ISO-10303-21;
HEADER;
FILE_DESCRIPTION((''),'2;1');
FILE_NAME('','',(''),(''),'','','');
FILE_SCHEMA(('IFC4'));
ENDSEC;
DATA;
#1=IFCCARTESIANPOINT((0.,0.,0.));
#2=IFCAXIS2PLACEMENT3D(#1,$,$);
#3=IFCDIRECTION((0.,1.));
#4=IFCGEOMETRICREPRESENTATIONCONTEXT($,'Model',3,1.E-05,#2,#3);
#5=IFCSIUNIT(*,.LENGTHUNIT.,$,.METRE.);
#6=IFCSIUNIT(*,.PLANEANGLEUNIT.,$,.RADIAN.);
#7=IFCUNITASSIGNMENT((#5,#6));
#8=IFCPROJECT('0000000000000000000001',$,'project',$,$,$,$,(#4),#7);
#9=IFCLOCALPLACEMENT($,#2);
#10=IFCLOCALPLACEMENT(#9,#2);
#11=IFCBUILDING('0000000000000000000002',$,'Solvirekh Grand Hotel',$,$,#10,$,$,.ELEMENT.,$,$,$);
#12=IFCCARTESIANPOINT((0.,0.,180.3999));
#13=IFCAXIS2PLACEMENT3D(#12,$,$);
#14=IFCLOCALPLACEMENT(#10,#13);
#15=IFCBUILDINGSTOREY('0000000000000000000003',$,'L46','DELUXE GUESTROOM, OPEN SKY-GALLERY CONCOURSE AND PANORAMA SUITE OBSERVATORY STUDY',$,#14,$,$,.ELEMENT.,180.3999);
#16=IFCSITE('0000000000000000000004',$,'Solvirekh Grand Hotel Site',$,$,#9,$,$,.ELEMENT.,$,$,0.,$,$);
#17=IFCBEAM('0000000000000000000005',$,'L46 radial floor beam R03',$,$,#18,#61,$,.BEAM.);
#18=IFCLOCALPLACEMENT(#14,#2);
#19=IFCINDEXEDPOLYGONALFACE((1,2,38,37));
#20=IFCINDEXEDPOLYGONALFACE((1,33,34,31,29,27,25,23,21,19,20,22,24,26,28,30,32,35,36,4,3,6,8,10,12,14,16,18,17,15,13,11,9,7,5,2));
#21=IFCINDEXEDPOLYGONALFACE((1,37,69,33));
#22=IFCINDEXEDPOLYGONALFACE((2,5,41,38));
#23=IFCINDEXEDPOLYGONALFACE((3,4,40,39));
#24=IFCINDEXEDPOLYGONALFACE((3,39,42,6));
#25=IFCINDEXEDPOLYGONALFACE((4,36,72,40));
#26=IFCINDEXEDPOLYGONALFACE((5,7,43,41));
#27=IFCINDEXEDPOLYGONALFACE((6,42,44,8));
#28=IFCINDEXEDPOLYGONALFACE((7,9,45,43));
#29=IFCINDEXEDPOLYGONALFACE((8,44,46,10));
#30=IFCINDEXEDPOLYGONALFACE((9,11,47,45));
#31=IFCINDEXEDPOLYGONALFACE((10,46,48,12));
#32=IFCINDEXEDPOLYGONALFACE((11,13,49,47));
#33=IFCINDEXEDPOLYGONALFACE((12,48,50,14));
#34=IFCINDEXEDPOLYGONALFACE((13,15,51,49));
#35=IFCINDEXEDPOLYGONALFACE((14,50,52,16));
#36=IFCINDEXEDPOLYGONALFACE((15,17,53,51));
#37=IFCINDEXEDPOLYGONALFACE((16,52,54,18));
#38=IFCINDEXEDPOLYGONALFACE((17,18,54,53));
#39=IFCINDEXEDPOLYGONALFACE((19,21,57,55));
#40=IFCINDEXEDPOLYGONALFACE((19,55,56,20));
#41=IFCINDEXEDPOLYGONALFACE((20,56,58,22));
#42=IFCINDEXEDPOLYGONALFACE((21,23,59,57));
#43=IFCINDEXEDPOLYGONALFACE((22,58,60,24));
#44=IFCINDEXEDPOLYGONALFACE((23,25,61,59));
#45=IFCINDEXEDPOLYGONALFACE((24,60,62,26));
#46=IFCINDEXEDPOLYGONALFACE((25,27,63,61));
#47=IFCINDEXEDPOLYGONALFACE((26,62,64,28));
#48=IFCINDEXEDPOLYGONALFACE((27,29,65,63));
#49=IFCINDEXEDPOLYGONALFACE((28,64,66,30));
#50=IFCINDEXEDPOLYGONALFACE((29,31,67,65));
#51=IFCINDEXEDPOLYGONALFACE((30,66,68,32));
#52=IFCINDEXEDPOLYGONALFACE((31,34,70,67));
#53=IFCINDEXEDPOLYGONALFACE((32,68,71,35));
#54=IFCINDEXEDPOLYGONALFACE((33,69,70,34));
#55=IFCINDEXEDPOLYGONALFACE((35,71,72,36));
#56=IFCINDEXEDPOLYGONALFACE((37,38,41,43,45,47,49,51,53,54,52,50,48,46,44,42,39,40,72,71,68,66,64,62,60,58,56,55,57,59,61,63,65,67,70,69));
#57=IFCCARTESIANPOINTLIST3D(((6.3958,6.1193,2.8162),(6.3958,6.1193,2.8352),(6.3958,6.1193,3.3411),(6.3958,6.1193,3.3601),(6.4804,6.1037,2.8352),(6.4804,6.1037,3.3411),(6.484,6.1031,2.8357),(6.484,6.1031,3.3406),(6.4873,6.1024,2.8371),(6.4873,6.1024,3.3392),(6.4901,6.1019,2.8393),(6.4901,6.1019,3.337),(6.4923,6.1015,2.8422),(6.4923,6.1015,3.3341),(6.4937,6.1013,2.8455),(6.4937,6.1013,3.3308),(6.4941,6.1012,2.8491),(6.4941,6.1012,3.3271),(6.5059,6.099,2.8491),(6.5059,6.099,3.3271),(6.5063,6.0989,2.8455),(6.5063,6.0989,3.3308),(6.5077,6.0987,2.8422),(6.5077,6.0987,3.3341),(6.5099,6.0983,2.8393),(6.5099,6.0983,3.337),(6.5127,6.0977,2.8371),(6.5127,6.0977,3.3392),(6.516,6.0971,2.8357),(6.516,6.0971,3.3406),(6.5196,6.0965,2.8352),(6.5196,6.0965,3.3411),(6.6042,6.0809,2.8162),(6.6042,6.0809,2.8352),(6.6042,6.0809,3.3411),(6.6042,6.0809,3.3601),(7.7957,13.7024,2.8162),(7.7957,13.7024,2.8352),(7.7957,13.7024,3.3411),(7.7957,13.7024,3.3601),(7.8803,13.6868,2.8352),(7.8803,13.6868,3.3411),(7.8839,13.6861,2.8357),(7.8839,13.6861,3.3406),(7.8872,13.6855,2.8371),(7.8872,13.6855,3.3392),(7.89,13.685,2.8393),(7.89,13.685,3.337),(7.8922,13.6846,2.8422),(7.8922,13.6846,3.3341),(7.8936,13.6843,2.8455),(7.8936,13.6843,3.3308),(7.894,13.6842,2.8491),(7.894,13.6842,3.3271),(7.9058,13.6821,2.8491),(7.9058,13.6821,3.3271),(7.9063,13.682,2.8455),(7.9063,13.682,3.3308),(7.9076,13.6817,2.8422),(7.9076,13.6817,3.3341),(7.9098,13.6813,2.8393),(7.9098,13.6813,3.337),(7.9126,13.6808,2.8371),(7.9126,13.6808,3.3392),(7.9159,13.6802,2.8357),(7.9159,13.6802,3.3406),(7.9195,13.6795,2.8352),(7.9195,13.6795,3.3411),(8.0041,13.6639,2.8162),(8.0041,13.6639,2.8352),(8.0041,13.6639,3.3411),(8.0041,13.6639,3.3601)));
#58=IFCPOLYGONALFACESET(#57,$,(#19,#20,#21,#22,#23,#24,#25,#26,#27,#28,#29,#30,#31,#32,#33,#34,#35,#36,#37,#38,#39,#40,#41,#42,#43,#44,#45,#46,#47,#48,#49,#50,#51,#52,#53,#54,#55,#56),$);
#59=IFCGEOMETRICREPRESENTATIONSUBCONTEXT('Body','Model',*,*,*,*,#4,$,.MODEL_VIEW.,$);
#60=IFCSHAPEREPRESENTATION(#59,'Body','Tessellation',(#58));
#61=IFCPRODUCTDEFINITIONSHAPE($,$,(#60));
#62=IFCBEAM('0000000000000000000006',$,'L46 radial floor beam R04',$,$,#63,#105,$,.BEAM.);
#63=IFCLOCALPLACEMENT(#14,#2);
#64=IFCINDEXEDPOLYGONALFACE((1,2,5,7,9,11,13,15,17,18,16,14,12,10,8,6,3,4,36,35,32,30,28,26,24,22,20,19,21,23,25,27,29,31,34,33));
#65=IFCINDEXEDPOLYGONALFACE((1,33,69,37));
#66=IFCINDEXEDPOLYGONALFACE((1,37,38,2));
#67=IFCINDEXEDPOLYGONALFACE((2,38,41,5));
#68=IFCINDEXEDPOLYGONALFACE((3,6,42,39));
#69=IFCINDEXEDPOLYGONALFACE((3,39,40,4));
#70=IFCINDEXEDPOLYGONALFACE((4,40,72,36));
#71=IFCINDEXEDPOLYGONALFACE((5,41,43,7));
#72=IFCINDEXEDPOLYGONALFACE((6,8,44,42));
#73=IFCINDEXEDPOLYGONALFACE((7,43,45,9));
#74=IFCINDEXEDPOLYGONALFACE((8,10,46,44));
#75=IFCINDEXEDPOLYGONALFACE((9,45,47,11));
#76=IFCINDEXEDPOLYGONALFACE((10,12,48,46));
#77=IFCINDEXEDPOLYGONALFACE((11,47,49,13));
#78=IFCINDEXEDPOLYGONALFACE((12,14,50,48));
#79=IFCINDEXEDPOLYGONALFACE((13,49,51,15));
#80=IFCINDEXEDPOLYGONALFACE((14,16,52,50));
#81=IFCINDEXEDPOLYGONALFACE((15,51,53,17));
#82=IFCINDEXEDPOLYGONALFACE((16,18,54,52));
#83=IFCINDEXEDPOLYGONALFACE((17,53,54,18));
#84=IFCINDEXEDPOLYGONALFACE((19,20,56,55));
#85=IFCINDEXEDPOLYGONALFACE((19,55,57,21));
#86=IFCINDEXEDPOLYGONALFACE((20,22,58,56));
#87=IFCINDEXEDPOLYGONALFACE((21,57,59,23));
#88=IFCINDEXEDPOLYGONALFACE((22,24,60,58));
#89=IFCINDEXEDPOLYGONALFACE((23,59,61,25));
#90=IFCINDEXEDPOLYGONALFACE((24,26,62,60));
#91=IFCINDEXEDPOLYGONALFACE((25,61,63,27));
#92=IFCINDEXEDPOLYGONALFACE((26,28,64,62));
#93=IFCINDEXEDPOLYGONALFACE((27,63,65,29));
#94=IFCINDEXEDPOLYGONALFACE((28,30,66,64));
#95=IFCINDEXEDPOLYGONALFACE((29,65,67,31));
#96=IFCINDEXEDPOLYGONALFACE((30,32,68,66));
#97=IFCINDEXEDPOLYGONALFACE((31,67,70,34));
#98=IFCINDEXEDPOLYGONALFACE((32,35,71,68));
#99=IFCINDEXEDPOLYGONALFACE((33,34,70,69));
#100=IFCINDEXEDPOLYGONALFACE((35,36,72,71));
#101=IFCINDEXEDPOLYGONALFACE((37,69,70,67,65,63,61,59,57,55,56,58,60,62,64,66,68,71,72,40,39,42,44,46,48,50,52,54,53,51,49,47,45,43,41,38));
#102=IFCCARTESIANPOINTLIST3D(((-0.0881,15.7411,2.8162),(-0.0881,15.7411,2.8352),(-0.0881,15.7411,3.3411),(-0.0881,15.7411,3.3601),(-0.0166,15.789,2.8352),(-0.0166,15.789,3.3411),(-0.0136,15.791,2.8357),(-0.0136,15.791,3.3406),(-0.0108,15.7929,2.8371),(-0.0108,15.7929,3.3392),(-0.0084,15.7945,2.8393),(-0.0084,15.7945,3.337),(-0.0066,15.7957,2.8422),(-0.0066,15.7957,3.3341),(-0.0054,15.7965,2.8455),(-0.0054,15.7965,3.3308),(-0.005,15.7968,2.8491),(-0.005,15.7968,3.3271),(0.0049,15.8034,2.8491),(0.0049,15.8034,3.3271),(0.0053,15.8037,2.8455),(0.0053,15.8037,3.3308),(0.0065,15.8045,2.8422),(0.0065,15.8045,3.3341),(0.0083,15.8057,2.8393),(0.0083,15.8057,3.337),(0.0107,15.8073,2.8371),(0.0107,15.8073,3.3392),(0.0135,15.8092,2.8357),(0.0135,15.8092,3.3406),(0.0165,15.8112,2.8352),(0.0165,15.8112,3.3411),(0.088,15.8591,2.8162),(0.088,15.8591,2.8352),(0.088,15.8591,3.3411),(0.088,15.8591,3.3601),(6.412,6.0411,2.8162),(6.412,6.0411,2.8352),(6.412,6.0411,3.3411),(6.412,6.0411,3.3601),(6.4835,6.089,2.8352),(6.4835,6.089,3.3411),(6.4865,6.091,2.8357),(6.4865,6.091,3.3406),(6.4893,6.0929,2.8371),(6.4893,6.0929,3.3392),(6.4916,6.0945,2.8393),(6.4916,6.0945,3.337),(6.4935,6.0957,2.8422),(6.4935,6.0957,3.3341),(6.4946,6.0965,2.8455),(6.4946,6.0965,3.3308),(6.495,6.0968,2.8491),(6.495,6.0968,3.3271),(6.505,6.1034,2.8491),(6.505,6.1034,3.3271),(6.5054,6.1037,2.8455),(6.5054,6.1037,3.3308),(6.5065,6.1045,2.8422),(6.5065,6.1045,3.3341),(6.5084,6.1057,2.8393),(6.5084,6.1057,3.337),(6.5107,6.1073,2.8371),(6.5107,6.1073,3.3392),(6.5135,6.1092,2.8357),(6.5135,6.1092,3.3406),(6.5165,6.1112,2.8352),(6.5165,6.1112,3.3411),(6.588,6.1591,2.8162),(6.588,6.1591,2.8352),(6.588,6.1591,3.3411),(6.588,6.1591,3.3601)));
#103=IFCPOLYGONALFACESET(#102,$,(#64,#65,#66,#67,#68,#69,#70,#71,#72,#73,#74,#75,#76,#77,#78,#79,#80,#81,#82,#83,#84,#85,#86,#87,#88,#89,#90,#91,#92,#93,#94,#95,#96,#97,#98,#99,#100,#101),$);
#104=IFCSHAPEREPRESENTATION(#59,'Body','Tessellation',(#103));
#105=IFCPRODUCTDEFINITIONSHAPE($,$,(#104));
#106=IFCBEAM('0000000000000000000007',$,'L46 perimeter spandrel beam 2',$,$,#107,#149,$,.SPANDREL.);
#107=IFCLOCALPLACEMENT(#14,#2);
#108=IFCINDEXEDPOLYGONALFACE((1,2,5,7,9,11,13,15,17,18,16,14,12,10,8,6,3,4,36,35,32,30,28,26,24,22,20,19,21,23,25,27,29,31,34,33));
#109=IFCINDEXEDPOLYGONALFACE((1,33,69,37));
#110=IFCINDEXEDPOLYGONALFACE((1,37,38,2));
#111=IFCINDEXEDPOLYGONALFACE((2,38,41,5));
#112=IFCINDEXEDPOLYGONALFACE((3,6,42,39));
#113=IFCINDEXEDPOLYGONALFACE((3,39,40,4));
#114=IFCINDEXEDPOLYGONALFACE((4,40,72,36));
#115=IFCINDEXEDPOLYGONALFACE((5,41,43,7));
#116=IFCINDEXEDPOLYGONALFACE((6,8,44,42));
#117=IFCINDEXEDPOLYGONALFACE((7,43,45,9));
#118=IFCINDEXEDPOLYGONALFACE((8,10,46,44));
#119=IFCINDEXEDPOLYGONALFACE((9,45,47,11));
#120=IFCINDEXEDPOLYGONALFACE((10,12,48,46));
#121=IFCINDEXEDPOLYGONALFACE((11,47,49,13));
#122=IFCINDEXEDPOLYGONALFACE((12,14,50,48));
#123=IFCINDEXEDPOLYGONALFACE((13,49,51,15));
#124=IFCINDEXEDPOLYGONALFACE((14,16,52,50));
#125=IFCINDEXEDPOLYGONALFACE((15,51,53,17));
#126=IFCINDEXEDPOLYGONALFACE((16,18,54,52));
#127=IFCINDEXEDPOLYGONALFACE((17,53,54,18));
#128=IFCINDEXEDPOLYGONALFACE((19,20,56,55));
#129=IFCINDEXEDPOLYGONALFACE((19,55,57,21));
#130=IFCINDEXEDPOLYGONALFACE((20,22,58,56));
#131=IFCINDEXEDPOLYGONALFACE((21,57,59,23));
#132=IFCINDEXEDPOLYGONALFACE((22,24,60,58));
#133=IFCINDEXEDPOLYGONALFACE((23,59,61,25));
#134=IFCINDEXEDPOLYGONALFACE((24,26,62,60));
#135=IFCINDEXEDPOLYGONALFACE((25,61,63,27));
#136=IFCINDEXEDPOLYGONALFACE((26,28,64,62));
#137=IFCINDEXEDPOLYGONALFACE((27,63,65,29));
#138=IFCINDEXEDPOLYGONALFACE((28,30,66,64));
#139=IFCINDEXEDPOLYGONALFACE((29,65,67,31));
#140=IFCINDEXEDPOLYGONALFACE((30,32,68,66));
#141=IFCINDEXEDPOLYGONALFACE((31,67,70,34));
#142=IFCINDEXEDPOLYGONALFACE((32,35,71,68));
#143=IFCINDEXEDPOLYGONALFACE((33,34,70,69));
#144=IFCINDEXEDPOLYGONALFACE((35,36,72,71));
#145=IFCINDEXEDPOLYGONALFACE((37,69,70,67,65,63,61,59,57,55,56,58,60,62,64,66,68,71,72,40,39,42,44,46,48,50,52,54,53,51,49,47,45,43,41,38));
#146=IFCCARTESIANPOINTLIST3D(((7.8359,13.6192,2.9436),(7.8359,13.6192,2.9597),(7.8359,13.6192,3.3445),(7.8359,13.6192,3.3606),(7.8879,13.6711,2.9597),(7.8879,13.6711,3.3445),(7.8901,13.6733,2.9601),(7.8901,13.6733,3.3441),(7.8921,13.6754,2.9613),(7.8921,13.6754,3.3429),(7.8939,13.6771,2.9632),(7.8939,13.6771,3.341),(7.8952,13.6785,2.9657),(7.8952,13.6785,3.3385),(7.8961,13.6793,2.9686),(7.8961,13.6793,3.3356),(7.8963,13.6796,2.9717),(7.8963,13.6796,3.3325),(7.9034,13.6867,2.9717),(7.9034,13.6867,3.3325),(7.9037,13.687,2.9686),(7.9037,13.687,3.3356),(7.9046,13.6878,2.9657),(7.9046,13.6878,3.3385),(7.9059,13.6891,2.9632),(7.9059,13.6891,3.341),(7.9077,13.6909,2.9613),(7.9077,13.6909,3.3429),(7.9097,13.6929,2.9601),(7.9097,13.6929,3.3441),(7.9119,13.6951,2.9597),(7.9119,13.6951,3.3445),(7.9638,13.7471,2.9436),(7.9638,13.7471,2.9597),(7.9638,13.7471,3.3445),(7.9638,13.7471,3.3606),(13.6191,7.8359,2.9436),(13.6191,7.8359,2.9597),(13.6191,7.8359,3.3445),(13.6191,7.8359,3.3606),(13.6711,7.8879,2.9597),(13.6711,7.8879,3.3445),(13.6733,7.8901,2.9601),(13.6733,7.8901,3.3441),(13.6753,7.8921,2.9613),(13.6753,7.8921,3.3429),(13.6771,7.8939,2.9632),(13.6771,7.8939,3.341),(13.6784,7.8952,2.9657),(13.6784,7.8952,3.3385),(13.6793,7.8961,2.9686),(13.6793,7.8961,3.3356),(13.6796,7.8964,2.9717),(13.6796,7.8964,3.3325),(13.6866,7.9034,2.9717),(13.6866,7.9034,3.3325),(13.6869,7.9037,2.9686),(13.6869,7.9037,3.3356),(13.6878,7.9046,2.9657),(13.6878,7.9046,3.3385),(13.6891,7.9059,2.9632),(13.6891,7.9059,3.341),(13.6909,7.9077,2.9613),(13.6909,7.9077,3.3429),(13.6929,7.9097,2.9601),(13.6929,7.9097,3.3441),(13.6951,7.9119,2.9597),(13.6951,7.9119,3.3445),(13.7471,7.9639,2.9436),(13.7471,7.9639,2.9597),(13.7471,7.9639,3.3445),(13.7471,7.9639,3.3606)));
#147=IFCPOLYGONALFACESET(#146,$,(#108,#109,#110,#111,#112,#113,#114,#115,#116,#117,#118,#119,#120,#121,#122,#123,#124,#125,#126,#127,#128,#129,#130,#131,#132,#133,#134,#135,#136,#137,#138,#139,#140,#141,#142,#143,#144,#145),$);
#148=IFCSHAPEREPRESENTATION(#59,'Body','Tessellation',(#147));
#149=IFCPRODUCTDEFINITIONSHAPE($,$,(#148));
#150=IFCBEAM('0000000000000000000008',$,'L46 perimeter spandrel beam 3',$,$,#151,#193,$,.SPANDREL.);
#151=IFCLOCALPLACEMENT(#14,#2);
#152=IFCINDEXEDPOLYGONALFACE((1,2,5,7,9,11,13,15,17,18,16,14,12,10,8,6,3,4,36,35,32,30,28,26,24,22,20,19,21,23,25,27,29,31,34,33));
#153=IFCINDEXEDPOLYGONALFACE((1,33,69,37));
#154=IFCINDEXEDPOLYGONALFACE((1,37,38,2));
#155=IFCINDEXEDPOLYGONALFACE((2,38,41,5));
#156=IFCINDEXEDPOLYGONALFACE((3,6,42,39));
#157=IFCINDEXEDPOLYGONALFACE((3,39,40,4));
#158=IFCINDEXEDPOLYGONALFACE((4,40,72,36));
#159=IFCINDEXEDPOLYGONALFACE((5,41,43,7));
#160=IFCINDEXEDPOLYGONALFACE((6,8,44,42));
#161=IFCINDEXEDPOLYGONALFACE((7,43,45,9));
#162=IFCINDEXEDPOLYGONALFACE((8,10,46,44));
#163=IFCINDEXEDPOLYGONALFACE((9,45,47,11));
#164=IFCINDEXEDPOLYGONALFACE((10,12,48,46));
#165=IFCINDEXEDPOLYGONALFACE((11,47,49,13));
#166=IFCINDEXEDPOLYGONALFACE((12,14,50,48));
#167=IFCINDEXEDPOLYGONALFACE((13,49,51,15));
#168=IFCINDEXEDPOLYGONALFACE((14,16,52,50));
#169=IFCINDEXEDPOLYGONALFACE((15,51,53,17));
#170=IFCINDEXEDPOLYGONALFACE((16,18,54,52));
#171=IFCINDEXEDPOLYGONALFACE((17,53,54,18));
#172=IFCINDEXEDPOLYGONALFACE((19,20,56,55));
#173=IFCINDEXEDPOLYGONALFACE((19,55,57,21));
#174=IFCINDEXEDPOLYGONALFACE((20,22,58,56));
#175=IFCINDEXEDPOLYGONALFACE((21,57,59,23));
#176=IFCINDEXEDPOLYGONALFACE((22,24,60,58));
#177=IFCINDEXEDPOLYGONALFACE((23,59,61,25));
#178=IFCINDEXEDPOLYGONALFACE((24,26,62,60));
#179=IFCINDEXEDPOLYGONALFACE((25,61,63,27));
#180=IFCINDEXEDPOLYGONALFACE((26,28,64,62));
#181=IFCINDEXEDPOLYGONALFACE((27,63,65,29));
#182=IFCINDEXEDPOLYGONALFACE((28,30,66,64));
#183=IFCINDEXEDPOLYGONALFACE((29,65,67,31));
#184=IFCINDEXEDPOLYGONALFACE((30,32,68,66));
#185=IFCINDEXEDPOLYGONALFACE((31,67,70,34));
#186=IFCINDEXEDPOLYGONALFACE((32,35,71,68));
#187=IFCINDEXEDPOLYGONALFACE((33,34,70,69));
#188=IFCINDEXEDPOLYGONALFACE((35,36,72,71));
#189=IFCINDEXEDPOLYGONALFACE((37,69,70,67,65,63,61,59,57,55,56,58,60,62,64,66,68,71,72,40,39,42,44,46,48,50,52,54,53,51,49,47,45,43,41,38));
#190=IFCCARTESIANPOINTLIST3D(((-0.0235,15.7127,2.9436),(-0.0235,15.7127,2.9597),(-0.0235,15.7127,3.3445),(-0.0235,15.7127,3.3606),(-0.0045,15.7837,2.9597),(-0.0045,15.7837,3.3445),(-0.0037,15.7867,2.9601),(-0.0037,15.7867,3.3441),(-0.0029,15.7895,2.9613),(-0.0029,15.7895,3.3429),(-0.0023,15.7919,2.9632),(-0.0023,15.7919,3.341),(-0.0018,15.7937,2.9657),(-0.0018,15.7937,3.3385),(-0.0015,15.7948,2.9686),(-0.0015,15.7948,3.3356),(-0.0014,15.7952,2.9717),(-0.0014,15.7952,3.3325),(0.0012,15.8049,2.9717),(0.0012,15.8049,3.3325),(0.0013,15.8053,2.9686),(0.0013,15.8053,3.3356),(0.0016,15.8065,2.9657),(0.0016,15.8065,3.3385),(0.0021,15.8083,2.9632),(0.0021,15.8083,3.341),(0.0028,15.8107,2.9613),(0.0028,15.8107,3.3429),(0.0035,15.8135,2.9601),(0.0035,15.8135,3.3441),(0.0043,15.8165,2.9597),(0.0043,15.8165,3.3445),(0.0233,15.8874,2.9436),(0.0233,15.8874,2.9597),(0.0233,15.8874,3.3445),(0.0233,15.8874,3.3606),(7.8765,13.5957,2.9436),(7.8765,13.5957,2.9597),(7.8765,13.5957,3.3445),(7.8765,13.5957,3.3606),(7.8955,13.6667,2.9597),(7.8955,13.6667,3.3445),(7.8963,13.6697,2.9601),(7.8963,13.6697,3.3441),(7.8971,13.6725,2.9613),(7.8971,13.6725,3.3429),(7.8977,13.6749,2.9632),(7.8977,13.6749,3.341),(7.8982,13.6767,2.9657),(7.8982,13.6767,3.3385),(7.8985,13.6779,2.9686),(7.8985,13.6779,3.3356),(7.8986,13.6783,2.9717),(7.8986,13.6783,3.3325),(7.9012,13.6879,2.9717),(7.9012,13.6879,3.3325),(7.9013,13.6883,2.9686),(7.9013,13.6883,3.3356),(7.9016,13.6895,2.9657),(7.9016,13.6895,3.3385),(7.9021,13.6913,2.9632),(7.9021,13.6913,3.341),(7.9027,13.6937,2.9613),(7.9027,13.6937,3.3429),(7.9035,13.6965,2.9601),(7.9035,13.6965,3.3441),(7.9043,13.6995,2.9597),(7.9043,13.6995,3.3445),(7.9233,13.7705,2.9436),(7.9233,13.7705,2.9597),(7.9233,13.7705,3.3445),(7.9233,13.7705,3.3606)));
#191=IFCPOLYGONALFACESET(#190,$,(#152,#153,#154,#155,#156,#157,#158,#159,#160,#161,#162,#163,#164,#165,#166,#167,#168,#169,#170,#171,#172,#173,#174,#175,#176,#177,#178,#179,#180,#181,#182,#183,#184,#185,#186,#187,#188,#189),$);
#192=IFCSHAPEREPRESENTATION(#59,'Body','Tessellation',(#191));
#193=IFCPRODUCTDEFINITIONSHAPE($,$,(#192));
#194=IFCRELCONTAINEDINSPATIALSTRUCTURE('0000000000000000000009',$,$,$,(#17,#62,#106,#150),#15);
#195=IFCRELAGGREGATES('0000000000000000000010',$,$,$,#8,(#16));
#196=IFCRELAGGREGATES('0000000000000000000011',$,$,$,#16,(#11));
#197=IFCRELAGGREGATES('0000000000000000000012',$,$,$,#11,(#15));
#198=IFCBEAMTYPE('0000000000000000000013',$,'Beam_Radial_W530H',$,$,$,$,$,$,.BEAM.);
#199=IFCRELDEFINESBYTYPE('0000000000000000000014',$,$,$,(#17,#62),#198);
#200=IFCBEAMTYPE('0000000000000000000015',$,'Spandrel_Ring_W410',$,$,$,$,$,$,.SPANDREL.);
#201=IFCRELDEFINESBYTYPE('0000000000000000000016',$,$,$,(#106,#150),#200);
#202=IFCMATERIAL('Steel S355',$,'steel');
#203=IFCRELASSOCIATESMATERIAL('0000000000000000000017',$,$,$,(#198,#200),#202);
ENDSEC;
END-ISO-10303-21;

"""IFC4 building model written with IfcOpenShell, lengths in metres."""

from ifc_helpers import new_model, si_unit, direction, frame, origin, origin_2d, place, context, subcontext, project, spatial, i_section, extrude, material, material_profile, profile_set, type_object, element, save


model = new_model("IFC4")

# Units and contexts
model_context = context("Model", 3, precision=1e-05, world=origin(), true_north=direction((0.0, 1.0)))
body_context = subcontext(model_context, "Body", "Model", "MODEL_VIEW")
ifc_project = project(units=[si_unit("LENGTHUNIT", "METRE"), si_unit("PLANEANGLEUNIT", "RADIAN")], contexts=[model_context])

# Site, building, storey
site_placement = place(None, origin())
site = spatial("IfcSite", under=ifc_project, at=site_placement, Name="Solvirekh Grand Hotel Site", CompositionType="ELEMENT", RefElevation=0.0)
building_placement = place(site_placement, origin())
building = spatial("IfcBuilding", under=site, at=building_placement, Name="Solvirekh Grand Hotel", CompositionType="ELEMENT")
storey_placement = place(building_placement, frame((0.0, 0.0, 180.3999)))
storey = spatial("IfcBuildingStorey", under=building, at=storey_placement, Name="L46", Description="DELUXE GUESTROOM, OPEN SKY-GALLERY CONCOURSE AND PANORAMA SUITE OBSERVATORY STUDY", CompositionType="ELEMENT", Elevation=180.3999)

# Beams
ifc_material_1 = material(Name="Steel S355", Category="steel")
ifc_material_profile_1 = material_profile(ifc_material_1, i_section(OverallWidth=0.2119, OverallDepth=0.5439, WebThickness=0.012, FlangeThickness=0.019, FilletRadius=0.0139, at=origin_2d()), Name="W530X123")
ifc_profile_set_1 = profile_set([ifc_material_profile_1], Name="Steel S355")
beam_type_1 = type_object("IfcBeamType", Name="Beam_Radial_W530H", PredefinedType="BEAM", material=ifc_profile_set_1)
beam_1_placement = place(storey_placement, frame((6.5, 6.1001, 3.0881), z_axis=(0.181543, 0.983383, 0.0), x_axis=(-0.983383, 0.181543, 0.0)))
element("IfcBeam", 1, at=beam_1_placement, inside=storey, type_object=beam_type_1, Name="L46 radial floor beam R03", PredefinedType="BEAM", context=body_context, shape_type="SweptSolid", body=[
    extrude(i_section(OverallWidth=0.2119, OverallDepth=0.5439, WebThickness=0.012, FlangeThickness=0.019, FilletRadius=0.0139, at=origin_2d()), origin(), (0.0, 0.0, 1.0), 7.7112),
])
beam_2_placement = place(storey_placement, frame((6.5, 6.1001, 3.0881), z_axis=(-0.556677, 0.830729, 0.0), x_axis=(-0.830729, -0.556677, 0.0)))
element("IfcBeam", 2, at=beam_2_placement, inside=storey, type_object=beam_type_1, Name="L46 radial floor beam R04", PredefinedType="BEAM", context=body_context, shape_type="SweptSolid", body=[
    extrude(i_section(OverallWidth=0.2119, OverallDepth=0.5439, WebThickness=0.012, FlangeThickness=0.019, FilletRadius=0.0139, at=origin_2d()), origin(), (0.0, 0.0, 1.0), 11.6765),
])
ifc_material_profile_2 = material_profile(ifc_material_1, i_section(OverallWidth=0.1809, OverallDepth=0.417, WebThickness=0.01, FlangeThickness=0.0161, FilletRadius=0.012, at=origin_2d()), Name="W410X85")
ifc_profile_set_2 = profile_set([ifc_material_profile_2], Name="Steel S355")
beam_type_2 = type_object("IfcBeamType", Name="Spandrel_Ring_W410", PredefinedType="SPANDREL", material=ifc_profile_set_2)
for number, where, z_axis, x_axis, name in (
    (3, (13.6831, 7.8999, 3.1521), (-0.707107, 0.707107, 0.0), (-0.707107, -0.707107, 0.0), "L46 perimeter spandrel beam 2"),
    (4, (7.8999, 13.6831, 3.1521), (-0.965921, 0.258839, 0.0), (-0.258839, -0.965921, 0.0), "L46 perimeter spandrel beam 3"),
):
    element("IfcBeam", number, at=place(storey_placement, frame(where, z_axis=z_axis, x_axis=x_axis)), inside=storey, type_object=beam_type_2, Name=name, PredefinedType="SPANDREL", context=body_context, shape_type="SweptSolid", body=[
        extrude(i_section(OverallWidth=0.1809, OverallDepth=0.417, WebThickness=0.01, FlangeThickness=0.0161, FilletRadius=0.012, at=origin_2d()), origin(), (0.0, 0.0, 1.0), 8.1787),
    ])

save(model, "model.ifc")
